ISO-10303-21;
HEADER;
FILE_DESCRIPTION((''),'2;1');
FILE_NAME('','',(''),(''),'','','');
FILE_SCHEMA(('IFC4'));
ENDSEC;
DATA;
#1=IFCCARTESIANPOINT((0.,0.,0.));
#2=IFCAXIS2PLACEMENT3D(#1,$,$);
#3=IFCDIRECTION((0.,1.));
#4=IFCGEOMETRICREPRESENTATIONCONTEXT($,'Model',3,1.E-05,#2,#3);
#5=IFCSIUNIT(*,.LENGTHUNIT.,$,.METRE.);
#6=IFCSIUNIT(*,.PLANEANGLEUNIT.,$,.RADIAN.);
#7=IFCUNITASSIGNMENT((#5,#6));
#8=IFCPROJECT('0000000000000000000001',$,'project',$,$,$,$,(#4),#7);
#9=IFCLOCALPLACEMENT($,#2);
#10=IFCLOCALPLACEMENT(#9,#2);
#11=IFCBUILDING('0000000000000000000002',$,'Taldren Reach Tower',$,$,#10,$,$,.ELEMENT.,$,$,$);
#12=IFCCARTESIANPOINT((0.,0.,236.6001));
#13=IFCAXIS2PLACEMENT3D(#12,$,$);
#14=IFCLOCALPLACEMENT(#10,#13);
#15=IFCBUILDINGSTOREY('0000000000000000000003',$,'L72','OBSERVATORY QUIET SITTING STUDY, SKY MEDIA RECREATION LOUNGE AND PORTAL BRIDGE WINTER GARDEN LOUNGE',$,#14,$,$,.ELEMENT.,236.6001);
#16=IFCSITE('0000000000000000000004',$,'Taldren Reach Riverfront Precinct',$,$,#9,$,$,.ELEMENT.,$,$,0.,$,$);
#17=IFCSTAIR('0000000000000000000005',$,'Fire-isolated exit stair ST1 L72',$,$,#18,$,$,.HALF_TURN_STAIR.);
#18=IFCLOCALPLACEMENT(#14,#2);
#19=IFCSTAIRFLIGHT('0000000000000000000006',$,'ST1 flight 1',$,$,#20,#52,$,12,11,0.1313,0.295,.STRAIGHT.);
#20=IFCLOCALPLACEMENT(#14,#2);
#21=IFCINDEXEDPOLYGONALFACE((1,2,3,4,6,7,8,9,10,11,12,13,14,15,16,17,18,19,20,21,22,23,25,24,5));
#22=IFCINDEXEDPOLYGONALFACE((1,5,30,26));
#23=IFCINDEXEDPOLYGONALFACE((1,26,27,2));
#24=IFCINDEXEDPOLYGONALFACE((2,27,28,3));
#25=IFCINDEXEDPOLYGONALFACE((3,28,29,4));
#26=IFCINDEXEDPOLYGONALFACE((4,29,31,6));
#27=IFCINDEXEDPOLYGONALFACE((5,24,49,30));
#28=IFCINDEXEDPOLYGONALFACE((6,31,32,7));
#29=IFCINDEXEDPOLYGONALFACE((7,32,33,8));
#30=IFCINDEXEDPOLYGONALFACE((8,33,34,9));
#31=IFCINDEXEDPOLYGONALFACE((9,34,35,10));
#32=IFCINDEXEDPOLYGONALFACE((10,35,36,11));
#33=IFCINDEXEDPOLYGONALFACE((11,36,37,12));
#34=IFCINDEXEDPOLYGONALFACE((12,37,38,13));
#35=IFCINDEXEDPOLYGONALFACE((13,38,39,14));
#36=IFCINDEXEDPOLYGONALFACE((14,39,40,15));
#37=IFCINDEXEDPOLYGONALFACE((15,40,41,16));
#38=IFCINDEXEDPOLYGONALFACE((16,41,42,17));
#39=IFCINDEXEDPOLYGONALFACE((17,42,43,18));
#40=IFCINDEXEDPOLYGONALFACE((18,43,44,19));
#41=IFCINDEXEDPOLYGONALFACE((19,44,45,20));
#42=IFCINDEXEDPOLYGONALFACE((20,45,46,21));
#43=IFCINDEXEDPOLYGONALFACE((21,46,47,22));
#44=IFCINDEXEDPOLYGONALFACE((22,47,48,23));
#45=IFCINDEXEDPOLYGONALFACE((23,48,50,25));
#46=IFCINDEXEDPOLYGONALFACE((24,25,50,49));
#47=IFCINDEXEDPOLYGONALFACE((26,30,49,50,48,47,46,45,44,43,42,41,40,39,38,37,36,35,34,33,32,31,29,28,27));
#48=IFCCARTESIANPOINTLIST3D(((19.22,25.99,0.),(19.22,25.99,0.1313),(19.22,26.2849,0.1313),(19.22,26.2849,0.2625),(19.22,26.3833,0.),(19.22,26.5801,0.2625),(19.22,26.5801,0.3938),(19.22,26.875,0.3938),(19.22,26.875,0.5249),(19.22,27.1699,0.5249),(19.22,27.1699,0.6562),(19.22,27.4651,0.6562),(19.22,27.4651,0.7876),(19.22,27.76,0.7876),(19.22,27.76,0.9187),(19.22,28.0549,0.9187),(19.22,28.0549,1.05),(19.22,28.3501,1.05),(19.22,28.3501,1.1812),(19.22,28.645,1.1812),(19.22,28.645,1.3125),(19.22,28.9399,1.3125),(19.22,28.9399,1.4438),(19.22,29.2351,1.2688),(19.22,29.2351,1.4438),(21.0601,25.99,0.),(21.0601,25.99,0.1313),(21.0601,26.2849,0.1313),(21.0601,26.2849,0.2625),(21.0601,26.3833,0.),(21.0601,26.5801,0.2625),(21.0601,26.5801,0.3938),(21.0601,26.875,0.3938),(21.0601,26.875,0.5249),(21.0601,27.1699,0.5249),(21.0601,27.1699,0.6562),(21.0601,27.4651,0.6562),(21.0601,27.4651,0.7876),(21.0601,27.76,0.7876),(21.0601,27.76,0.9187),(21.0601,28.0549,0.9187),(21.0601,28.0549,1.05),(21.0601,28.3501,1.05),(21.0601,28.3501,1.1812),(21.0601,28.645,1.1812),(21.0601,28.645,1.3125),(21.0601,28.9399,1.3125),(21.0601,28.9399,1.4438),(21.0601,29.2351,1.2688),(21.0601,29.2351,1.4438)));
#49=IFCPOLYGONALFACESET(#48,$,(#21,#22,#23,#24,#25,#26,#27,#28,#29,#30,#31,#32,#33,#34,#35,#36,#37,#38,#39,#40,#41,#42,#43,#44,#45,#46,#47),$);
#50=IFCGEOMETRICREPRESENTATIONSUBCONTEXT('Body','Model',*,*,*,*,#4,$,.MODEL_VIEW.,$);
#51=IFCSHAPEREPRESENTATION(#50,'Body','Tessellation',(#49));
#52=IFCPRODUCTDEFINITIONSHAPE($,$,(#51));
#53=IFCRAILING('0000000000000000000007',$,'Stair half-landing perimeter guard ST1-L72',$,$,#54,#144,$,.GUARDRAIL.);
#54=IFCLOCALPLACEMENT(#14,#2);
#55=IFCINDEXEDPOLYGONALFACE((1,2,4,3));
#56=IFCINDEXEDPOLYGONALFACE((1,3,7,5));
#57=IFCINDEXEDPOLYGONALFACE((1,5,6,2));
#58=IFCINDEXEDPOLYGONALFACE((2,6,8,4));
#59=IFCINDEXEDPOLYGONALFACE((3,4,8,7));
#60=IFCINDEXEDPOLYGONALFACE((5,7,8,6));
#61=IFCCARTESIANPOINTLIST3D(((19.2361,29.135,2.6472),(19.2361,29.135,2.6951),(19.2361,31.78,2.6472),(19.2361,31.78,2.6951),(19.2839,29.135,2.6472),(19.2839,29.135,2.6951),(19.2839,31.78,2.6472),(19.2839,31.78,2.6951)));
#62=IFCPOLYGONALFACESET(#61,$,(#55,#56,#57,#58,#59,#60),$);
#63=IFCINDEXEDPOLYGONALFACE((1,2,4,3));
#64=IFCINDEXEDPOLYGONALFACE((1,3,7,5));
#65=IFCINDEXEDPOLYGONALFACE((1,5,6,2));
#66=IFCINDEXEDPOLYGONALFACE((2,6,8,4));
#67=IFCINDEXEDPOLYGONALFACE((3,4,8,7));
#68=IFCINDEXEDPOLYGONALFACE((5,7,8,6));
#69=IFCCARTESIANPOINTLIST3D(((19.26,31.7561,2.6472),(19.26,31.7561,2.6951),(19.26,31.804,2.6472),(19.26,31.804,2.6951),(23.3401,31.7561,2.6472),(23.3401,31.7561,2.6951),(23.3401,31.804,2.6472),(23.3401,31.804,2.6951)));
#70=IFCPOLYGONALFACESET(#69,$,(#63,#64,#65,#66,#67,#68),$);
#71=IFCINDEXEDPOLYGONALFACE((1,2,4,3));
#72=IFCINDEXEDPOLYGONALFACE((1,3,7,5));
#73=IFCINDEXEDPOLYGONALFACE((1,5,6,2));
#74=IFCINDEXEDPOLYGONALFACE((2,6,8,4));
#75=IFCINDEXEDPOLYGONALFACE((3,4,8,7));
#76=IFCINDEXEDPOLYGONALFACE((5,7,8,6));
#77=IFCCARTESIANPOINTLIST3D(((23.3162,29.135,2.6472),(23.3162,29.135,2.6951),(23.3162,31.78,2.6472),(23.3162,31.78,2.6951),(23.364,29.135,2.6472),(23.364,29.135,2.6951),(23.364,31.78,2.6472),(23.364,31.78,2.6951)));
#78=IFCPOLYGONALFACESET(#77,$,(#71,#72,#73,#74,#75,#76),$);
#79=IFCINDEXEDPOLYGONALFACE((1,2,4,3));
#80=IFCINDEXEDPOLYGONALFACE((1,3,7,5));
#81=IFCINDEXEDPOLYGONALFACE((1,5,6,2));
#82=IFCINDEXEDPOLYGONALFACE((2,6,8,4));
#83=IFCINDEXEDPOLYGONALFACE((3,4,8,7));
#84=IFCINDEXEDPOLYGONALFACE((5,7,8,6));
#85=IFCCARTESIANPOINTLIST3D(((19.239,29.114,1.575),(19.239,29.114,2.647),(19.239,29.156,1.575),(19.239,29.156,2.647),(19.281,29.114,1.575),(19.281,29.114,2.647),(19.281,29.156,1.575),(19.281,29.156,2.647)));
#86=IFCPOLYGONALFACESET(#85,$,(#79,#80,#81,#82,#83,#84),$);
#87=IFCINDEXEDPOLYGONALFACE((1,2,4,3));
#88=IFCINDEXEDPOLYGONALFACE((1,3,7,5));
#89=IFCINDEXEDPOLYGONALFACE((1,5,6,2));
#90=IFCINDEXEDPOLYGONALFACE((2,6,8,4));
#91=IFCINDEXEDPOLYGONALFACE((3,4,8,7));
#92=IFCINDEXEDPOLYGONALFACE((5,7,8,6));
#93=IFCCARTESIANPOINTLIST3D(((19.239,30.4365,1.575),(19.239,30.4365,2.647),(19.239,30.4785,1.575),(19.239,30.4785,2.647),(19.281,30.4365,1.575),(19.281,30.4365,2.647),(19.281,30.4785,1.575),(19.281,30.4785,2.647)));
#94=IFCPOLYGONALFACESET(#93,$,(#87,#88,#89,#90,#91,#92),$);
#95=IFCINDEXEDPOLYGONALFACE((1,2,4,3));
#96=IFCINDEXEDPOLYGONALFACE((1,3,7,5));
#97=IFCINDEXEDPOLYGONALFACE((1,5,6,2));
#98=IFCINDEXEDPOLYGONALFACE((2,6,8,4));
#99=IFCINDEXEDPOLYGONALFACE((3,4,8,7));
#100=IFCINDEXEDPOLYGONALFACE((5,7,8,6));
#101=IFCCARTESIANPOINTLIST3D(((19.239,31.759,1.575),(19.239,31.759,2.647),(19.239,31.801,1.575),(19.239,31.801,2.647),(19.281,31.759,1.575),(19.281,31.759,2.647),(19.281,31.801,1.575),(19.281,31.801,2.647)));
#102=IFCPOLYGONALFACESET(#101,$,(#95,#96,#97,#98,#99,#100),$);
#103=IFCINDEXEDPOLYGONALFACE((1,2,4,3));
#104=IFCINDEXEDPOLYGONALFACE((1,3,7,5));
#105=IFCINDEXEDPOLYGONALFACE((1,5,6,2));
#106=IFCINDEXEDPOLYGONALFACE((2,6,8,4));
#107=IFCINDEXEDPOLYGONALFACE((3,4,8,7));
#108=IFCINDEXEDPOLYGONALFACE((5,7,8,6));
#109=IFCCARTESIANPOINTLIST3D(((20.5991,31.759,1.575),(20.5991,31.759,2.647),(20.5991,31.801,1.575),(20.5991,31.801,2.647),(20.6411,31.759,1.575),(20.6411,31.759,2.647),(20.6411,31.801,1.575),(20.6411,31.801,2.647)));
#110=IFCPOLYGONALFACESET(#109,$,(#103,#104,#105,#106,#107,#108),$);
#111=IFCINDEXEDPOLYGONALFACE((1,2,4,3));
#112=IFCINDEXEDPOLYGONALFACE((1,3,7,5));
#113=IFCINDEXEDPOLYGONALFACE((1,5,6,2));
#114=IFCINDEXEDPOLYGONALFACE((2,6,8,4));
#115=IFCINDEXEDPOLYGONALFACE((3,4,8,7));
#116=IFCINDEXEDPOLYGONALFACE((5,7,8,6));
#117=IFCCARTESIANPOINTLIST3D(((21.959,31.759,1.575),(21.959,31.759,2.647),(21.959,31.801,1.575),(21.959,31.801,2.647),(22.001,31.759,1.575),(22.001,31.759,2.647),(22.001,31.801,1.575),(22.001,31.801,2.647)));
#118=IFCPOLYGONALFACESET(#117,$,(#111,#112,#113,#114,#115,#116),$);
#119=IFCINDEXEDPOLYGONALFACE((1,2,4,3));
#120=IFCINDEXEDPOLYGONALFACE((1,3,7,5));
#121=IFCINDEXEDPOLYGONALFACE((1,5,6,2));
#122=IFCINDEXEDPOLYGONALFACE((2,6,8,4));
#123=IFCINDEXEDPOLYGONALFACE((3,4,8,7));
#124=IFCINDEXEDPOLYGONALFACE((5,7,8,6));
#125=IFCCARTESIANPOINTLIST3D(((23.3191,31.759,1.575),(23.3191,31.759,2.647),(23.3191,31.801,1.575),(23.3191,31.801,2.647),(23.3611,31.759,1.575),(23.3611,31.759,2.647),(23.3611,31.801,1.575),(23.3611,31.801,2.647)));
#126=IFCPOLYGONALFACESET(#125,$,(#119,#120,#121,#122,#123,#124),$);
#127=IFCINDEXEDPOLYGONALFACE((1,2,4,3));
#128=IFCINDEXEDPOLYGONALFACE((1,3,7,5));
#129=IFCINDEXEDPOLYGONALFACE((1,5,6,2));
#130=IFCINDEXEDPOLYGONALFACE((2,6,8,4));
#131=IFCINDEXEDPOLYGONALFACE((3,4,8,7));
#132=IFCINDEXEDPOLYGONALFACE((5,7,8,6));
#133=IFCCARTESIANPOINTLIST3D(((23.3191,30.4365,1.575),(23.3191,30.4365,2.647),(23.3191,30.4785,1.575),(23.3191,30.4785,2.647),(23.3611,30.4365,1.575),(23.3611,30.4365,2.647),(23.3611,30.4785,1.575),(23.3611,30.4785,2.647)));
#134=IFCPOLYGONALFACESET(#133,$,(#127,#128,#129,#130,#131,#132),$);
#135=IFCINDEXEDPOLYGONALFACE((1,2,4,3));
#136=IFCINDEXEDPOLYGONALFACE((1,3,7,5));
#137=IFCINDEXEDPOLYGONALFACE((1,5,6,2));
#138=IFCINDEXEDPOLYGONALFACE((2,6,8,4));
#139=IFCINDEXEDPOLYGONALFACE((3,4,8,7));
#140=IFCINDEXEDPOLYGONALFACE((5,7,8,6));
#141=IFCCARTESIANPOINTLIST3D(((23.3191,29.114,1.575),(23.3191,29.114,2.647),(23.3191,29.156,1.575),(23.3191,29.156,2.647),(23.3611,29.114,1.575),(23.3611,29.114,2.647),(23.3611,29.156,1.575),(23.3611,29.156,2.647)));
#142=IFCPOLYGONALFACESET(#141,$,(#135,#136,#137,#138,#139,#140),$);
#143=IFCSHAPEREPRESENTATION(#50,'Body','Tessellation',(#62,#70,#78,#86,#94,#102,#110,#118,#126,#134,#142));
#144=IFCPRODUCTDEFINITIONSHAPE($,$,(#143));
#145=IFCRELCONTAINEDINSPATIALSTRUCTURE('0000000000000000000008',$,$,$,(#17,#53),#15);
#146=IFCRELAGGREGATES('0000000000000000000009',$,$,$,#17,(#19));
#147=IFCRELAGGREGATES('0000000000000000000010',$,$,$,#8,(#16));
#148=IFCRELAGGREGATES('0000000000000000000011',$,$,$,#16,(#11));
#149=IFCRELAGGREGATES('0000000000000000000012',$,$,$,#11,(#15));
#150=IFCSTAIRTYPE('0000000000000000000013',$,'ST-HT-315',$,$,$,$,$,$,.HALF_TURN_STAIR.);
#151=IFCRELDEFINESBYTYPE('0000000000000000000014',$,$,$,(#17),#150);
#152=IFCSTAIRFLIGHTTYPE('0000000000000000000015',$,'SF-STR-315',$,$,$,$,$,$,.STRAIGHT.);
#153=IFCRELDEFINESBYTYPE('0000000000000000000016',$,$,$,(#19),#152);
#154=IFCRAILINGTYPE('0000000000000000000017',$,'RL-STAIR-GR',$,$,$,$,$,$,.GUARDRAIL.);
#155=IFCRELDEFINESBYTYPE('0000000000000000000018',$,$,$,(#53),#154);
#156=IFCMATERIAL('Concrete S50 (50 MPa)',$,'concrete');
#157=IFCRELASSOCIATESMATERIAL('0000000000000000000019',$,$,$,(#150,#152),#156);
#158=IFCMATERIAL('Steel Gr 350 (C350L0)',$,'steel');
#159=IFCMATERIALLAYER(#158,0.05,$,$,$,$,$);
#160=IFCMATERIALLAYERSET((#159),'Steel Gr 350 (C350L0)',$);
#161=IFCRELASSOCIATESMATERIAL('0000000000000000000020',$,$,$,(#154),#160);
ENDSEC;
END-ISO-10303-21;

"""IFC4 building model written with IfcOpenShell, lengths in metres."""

from ifc_helpers import new_model, si_unit, direction, frame, origin, origin_2d, place, context, subcontext, project, spatial, polyline, rectangle, outline, extrude, material, layer, layer_set, type_object, element, aggregate, save


model = new_model("IFC4")

# Units and contexts
model_context = context("Model", 3, precision=1e-05, world=origin(), true_north=direction((0.0, 1.0)))
body_context = subcontext(model_context, "Body", "Model", "MODEL_VIEW")
ifc_project = project(units=[si_unit("LENGTHUNIT", "METRE"), si_unit("PLANEANGLEUNIT", "RADIAN")], contexts=[model_context])

# Site, building, storey
site_placement = place(None, origin())
site = spatial("IfcSite", under=ifc_project, at=site_placement, Name="Taldren Reach Riverfront Precinct", CompositionType="ELEMENT", RefElevation=0.0)
building_placement = place(site_placement, origin())
building = spatial("IfcBuilding", under=site, at=building_placement, Name="Taldren Reach Tower", CompositionType="ELEMENT")
storey_placement = place(building_placement, frame((0.0, 0.0, 236.6001)))
storey = spatial("IfcBuildingStorey", under=building, at=storey_placement, Name="L72", Description="OBSERVATORY QUIET SITTING STUDY, SKY MEDIA RECREATION LOUNGE AND PORTAL BRIDGE WINTER GARDEN LOUNGE", CompositionType="ELEMENT", Elevation=236.6001)

# Shared definitions
ifc_material_1 = material(Name="Steel Gr 350 (C350L0)", Category="steel")

# Stair, stair flight
ifc_material_2 = material(Name="Concrete S50 (50 MPa)", Category="concrete")
stair_type = type_object("IfcStairType", Name="ST-HT-315", PredefinedType="HALF_TURN_STAIR", material=ifc_material_2)
stair_placement = place(storey_placement, origin())
stair = element("IfcStair", 1, at=stair_placement, inside=storey, type_object=stair_type, Name="Fire-isolated exit stair ST1 L72", PredefinedType="HALF_TURN_STAIR")
stair_flight_type = type_object("IfcStairFlightType", Name="SF-STR-315", PredefinedType="STRAIGHT", material=ifc_material_2)
stair_flight_placement = place(storey_placement, frame((20.1399, 25.99, 0.0), z_axis=(0.0, 0.0, 1.0), x_axis=(0.0, 1.0, 0.0)))
stair_flight = element("IfcStairFlight", 2, at=stair_flight_placement, type_object=stair_flight_type, Name="ST1 flight 1", NumberOfRisers=12, NumberOfTreads=11, PredefinedType="STRAIGHT", RiserHeight=0.1313, TreadLength=0.295, context=body_context, shape_type="SweptSolid", body=[
    extrude(outline(polyline([(0.0, 0.0), (0.0, 0.1313), (0.2949, 0.1313), (0.2949, 0.2625), (0.5901, 0.2625), (0.5901, 0.3938), (0.885, 0.3938), (0.885, 0.5249), (1.1799, 0.5249), (1.1799, 0.6562), (1.4751, 0.6562), (1.4751, 0.7876), (1.77, 0.7876), (1.77, 0.9187), (2.0649, 0.9187), (2.0649, 1.05), (2.3601, 1.05), (2.3601, 1.1812), (2.655, 1.1812), (2.655, 1.3125), (2.95, 1.3125), (2.95, 1.4438), (3.2451, 1.4438), (3.2451, 1.575), (3.2451, 1.2688), (0.3933, 0.0), (0.0, 0.0)])), frame((0.0, 0.9199, 0.0), z_axis=(0.0, -1.0, 0.0), x_axis=(1.0, 0.0, 0.0)), (0.0, 0.0, 1.0), 1.8401),
])
aggregate(stair, [stair_flight])

# Railing
ifc_layer_1 = layer(ifc_material_1, 0.05)
ifc_layer_set_1 = layer_set([ifc_layer_1], Name="Steel Gr 350 (C350L0)")
railing_type_1 = type_object("IfcRailingType", Name="RL-STAIR-GR", PredefinedType="GUARDRAIL", material=ifc_layer_set_1)
railing_1_placement = place(storey_placement, frame((19.26, 29.135, 1.575)))
element("IfcRailing", 3, at=railing_1_placement, inside=storey, type_object=railing_type_1, Name="Stair half-landing perimeter guard ST1-L72", PredefinedType="GUARDRAIL", context=body_context, shape_type="SweptSolid", body=[
    extrude(rectangle(XDim=0.0479, YDim=0.0479, at=origin_2d()), frame((0.0, 0.0, 1.0962), z_axis=(0.0, 1.0, 0.0), x_axis=(-1.0, 0.0, 0.0)), (0.0, 0.0, 1.0), 2.645),
    extrude(rectangle(XDim=0.0479, YDim=0.0479, at=origin_2d()), frame((0.0, 2.645, 1.0962), z_axis=(1.0, 0.0, 0.0), x_axis=(0.0, 1.0, 0.0)), (0.0, 0.0, 1.0), 4.0801),
    extrude(rectangle(XDim=0.0479, YDim=0.0479, at=origin_2d()), frame((4.0801, 2.645, 1.0962), z_axis=(0.0, -1.0, 0.0), x_axis=(1.0, 0.0, 0.0)), (0.0, 0.0, 1.0), 2.645),
    extrude(rectangle(XDim=0.042, YDim=0.042, at=origin_2d()), origin(), (0.0, 0.0, 1.0), 1.072),
    extrude(rectangle(XDim=0.042, YDim=0.042, at=origin_2d()), frame((0.0, 1.3225, 0.0)), (0.0, 0.0, 1.0), 1.072),
    extrude(rectangle(XDim=0.042, YDim=0.042, at=origin_2d()), frame((0.0, 2.645, 0.0)), (0.0, 0.0, 1.0), 1.072),
    extrude(rectangle(XDim=0.042, YDim=0.042, at=origin_2d()), frame((1.3601, 2.645, 0.0)), (0.0, 0.0, 1.0), 1.072),
    extrude(rectangle(XDim=0.042, YDim=0.042, at=origin_2d()), frame((2.72, 2.645, 0.0)), (0.0, 0.0, 1.0), 1.072),
    extrude(rectangle(XDim=0.042, YDim=0.042, at=origin_2d()), frame((4.0801, 2.645, 0.0)), (0.0, 0.0, 1.0), 1.072),
    extrude(rectangle(XDim=0.042, YDim=0.042, at=origin_2d()), frame((4.0801, 1.3225, 0.0)), (0.0, 0.0, 1.0), 1.072),
    extrude(rectangle(XDim=0.042, YDim=0.042, at=origin_2d()), frame((4.0801, 0.0, 0.0)), (0.0, 0.0, 1.0), 1.072),
])

save(model, "model.ifc")
